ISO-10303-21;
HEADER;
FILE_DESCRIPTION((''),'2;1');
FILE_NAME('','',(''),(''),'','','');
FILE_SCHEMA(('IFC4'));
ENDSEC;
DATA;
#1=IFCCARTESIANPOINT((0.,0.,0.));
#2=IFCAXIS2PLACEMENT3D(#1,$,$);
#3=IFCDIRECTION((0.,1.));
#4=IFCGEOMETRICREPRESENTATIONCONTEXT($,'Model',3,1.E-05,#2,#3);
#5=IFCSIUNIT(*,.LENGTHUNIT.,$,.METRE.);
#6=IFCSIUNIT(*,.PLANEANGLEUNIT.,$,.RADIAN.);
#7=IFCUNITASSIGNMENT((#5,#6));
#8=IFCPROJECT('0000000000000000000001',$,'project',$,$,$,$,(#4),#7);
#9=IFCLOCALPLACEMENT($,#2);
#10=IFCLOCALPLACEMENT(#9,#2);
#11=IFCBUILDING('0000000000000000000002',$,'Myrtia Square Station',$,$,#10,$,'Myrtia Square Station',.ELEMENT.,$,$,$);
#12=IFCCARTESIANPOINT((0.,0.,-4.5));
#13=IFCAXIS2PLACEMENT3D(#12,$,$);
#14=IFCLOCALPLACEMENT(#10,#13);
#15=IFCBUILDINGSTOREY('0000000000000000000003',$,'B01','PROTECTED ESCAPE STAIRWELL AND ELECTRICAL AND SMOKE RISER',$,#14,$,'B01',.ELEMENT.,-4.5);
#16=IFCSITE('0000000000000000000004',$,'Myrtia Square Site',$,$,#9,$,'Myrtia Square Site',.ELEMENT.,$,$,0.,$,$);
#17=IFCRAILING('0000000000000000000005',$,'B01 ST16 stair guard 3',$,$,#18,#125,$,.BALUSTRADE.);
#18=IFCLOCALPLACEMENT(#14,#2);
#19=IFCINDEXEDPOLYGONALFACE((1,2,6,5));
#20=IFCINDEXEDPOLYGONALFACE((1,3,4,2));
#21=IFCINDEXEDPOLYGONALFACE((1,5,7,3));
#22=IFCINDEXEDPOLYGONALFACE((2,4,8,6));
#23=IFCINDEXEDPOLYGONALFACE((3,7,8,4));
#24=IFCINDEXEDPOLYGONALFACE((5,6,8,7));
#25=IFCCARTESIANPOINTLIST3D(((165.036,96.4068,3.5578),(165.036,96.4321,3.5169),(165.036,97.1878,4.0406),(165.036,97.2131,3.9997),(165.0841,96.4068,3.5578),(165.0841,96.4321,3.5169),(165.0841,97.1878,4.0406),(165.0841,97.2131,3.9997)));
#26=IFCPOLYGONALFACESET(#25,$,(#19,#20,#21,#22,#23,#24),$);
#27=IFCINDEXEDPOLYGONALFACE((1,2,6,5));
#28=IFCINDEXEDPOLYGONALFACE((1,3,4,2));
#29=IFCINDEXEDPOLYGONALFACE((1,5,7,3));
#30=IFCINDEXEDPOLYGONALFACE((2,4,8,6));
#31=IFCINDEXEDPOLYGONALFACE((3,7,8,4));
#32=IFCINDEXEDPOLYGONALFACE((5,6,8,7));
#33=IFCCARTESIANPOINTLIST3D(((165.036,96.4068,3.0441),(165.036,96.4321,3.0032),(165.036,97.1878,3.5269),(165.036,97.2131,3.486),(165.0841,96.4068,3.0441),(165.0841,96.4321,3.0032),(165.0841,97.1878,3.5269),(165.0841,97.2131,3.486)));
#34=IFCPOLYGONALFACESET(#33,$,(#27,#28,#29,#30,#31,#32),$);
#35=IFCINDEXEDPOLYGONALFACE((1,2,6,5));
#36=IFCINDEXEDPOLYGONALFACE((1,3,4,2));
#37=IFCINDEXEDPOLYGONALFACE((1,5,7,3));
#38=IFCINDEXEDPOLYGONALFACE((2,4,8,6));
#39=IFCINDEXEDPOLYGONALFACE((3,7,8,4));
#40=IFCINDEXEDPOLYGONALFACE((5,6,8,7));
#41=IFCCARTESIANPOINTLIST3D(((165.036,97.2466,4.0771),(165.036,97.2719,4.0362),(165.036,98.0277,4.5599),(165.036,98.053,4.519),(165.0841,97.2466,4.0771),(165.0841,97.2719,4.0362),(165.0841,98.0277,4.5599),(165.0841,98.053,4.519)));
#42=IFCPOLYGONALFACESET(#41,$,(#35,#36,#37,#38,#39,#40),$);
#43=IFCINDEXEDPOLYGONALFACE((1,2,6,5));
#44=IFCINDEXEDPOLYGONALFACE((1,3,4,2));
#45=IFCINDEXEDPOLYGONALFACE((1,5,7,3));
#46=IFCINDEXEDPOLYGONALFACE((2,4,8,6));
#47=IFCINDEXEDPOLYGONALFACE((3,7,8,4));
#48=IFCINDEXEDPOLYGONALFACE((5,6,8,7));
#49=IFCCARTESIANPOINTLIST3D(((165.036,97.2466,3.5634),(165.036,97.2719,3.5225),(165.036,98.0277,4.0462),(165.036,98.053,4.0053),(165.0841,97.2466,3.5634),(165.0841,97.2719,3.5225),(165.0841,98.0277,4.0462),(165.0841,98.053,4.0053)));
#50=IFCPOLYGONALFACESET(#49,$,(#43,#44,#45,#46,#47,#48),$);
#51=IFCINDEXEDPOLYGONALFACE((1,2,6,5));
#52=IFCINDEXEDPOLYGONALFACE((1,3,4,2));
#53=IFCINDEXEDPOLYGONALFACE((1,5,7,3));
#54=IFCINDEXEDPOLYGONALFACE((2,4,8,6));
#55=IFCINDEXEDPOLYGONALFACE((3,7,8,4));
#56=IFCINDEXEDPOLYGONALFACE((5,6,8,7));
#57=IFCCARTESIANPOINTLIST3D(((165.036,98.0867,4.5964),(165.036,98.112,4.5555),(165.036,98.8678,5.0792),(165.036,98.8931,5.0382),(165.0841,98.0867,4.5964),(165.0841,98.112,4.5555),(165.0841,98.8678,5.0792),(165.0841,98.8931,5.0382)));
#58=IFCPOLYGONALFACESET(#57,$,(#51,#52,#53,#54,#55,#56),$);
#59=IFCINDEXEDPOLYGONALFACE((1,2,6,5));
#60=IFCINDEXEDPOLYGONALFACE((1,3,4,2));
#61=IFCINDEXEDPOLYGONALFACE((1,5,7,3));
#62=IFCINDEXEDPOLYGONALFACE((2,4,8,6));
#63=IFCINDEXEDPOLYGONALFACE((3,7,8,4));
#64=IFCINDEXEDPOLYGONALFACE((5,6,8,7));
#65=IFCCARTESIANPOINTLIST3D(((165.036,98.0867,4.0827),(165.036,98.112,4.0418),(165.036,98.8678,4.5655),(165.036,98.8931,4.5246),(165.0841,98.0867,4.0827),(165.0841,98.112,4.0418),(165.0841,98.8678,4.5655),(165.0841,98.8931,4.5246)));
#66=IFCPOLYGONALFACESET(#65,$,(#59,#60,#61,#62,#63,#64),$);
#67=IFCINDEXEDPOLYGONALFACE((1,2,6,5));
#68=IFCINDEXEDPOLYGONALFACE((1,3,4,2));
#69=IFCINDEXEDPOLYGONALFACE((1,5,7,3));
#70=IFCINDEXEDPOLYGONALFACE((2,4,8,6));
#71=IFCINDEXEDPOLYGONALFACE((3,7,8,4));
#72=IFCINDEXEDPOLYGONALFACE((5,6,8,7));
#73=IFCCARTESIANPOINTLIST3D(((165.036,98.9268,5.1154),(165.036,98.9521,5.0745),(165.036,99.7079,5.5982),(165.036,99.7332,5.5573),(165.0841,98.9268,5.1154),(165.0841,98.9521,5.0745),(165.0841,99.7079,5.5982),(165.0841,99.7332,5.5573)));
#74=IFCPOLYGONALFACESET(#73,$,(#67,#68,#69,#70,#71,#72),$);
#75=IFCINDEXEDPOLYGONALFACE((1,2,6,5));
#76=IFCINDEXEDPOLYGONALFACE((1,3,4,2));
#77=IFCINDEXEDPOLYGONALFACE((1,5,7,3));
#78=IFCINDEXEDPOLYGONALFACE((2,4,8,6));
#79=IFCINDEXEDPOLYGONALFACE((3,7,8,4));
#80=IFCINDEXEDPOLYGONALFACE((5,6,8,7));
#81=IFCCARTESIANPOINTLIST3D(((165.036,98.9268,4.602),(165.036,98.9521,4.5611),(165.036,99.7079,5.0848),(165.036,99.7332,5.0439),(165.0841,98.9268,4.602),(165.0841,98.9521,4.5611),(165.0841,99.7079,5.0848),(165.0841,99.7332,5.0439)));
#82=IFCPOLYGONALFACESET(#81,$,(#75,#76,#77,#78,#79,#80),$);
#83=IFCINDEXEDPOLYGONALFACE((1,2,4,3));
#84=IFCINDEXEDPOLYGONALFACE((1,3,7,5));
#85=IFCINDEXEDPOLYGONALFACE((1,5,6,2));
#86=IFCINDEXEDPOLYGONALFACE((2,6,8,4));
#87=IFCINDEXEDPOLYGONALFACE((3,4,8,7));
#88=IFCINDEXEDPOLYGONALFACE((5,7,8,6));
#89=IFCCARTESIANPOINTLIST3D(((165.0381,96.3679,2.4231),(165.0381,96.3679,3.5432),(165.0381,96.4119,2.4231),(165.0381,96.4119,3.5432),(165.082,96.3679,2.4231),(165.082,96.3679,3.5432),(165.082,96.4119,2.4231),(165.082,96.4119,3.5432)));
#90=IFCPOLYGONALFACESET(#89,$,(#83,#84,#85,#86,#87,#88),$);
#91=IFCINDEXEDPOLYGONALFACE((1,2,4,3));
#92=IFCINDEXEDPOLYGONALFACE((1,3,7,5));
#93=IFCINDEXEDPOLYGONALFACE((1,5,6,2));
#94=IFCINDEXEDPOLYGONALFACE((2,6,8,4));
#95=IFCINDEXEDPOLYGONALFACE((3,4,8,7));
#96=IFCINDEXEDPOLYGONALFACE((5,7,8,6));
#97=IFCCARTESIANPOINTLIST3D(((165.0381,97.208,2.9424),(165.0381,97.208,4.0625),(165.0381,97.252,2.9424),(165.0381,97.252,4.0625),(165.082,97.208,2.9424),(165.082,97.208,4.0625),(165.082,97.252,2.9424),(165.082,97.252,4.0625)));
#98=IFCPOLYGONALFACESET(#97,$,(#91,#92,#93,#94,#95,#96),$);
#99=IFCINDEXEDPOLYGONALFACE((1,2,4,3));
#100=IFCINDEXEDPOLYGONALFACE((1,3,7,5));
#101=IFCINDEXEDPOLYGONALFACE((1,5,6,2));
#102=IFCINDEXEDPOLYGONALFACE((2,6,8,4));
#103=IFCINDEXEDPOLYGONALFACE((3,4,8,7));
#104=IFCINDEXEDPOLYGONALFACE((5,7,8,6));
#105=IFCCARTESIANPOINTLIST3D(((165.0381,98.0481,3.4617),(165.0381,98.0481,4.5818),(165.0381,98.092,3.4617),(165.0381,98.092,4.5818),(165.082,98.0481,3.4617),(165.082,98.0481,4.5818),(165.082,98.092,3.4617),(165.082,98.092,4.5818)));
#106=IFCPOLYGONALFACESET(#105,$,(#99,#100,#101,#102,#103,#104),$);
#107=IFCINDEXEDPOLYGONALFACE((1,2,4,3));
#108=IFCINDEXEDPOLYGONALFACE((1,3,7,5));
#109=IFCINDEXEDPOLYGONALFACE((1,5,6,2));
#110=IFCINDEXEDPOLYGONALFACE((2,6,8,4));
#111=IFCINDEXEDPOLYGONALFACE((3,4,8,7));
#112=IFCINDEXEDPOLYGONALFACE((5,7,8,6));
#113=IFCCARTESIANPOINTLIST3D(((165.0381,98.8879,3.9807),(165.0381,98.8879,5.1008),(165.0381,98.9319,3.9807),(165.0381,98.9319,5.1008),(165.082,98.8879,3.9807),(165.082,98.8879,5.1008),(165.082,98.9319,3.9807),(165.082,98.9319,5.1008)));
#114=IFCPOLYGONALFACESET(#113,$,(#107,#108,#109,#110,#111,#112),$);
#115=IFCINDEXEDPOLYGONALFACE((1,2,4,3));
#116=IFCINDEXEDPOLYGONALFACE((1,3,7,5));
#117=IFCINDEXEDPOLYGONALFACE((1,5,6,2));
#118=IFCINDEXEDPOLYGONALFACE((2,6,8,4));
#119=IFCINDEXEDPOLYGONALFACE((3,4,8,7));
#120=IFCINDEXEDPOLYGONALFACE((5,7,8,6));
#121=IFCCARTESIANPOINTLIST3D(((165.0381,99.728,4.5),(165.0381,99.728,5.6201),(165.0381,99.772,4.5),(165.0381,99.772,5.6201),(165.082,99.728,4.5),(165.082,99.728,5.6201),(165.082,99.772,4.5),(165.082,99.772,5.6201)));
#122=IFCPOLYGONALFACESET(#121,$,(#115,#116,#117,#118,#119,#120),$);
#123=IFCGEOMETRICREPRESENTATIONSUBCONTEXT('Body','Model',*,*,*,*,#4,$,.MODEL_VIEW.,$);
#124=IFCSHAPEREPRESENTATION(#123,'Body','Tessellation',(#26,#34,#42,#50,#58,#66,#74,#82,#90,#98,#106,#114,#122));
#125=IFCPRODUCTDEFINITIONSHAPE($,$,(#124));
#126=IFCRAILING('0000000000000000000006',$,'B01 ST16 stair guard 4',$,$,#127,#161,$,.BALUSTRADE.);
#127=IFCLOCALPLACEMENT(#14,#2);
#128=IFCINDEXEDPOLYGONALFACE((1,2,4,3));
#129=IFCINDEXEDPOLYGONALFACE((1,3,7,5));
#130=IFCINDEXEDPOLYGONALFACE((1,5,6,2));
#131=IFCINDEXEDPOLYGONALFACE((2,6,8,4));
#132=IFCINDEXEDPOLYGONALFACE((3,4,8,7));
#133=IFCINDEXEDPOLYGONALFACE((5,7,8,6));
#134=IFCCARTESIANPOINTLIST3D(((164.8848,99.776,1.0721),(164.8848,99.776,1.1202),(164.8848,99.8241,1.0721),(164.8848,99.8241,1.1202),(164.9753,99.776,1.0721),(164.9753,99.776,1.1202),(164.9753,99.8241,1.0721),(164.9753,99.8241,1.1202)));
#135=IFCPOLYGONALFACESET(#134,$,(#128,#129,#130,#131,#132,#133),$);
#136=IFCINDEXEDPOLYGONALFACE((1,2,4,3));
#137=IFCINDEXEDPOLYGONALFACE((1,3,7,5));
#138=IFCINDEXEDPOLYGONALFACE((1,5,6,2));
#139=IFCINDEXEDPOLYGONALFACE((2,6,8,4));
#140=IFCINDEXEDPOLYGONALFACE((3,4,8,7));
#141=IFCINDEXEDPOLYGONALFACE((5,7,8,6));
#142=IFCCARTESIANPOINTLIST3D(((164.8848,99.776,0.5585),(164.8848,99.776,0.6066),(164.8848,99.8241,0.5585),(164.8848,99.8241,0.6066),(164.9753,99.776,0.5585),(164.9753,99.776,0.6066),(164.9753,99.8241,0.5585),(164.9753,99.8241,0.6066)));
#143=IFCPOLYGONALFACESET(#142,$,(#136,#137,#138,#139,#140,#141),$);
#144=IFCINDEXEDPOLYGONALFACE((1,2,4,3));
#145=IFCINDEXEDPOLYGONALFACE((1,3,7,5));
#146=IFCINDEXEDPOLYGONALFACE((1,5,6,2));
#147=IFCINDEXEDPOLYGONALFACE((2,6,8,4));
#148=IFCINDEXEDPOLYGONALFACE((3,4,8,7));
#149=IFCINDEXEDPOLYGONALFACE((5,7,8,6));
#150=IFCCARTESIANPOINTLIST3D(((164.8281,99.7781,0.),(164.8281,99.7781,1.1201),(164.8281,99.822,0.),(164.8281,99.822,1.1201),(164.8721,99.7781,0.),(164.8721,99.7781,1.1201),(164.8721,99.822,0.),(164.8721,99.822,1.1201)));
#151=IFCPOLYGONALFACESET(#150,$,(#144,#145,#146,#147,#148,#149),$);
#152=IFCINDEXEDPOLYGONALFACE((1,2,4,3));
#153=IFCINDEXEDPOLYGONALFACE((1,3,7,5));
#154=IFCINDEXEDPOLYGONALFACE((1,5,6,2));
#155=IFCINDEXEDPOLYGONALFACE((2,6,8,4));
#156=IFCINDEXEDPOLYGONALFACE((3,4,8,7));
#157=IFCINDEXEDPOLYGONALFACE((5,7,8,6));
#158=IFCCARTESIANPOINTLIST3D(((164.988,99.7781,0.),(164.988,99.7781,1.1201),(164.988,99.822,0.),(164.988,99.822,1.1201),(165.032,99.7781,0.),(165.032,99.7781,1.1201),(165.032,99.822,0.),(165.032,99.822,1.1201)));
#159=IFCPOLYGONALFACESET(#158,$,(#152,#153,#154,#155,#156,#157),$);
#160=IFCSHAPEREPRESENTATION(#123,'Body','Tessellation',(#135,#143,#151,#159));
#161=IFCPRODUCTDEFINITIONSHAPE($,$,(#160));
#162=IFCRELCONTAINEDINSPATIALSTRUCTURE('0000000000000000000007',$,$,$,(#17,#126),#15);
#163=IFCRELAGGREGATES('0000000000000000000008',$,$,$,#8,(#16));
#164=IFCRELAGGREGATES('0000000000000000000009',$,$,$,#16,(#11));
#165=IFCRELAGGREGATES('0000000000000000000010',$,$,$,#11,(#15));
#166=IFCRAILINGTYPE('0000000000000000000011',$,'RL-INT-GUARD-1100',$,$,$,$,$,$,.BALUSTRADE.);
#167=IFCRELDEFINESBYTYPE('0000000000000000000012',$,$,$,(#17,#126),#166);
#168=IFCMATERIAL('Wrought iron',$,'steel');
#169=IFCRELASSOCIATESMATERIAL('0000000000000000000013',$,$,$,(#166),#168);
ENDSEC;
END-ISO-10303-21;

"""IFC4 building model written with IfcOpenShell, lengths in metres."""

from ifc_helpers import new_model, si_unit, direction, frame, origin, origin_2d, place, context, subcontext, project, spatial, rectangle, extrude, material, type_object, element, save


model = new_model("IFC4")

# Units and contexts
model_context = context("Model", 3, precision=1e-05, world=origin(), true_north=direction((0.0, 1.0)))
body_context = subcontext(model_context, "Body", "Model", "MODEL_VIEW")
ifc_project = project(units=[si_unit("LENGTHUNIT", "METRE"), si_unit("PLANEANGLEUNIT", "RADIAN")], contexts=[model_context])

# Site, building, storey
site_placement = place(None, origin())
site = spatial("IfcSite", under=ifc_project, at=site_placement, Name="Myrtia Square Site", LongName="Myrtia Square Site", CompositionType="ELEMENT", RefElevation=0.0)
building_placement = place(site_placement, origin())
building = spatial("IfcBuilding", under=site, at=building_placement, Name="Myrtia Square Station", LongName="Myrtia Square Station", CompositionType="ELEMENT")
storey_placement = place(building_placement, frame((0.0, 0.0, -4.5)))
storey = spatial("IfcBuildingStorey", under=building, at=storey_placement, Name="B01", Description="PROTECTED ESCAPE STAIRWELL AND ELECTRICAL AND SMOKE RISER", LongName="B01", CompositionType="ELEMENT", Elevation=-4.5)

# Railings
ifc_material_1 = material(Name="Wrought iron", Category="steel")
railing_type_1 = type_object("IfcRailingType", Name="RL-INT-GUARD-1100", PredefinedType="BALUSTRADE", material=ifc_material_1)
railing_1_placement = place(storey_placement, frame((165.0601, 96.3899, 2.4231)))
element("IfcRailing", 1, at=railing_1_placement, inside=storey, type_object=railing_type_1, Name="B01 ST16 stair guard 3", PredefinedType="BALUSTRADE", context=body_context, shape_type="SweptSolid", body=[
    extrude(rectangle(XDim=0.0481, YDim=0.0481, at=origin_2d()), frame((0.0, 0.0295, 1.1143), z_axis=(0.0, 0.850623, 0.525776), x_axis=(-1.0, 0.0, 0.0)), (0.0, 0.0, 1.0), 0.9182),
    extrude(rectangle(XDim=0.0481, YDim=0.0481, at=origin_2d()), frame((0.0, 0.0295, 0.6006), z_axis=(0.0, 0.850623, 0.525776), x_axis=(-1.0, 0.0, 0.0)), (0.0, 0.0, 1.0), 0.9182),
    extrude(rectangle(XDim=0.0481, YDim=0.0481, at=origin_2d()), frame((0.0, 0.8694, 1.6335), z_axis=(0.0, 0.850623, 0.525776), x_axis=(-1.0, 0.0, 0.0)), (0.0, 0.0, 1.0), 0.9182),
    extrude(rectangle(XDim=0.0481, YDim=0.0481, at=origin_2d()), frame((0.0, 0.8694, 1.1199), z_axis=(0.0, 0.850623, 0.525776), x_axis=(-1.0, 0.0, 0.0)), (0.0, 0.0, 1.0), 0.9182),
    extrude(rectangle(XDim=0.0481, YDim=0.0481, at=origin_2d()), frame((0.0, 1.7095, 2.1528), z_axis=(0.0, 0.850623, 0.525776), x_axis=(-1.0, 0.0, 0.0)), (0.0, 0.0, 1.0), 0.9182),
    extrude(rectangle(XDim=0.0481, YDim=0.0481, at=origin_2d()), frame((0.0, 1.7095, 1.6392), z_axis=(0.0, 0.850623, 0.525776), x_axis=(-1.0, 0.0, 0.0)), (0.0, 0.0, 1.0), 0.9182),
    extrude(rectangle(XDim=0.0481, YDim=0.0481, at=origin_2d()), frame((0.0, 2.5496, 2.6719), z_axis=(0.0, 0.850623, 0.525776), x_axis=(-1.0, 0.0, 0.0)), (0.0, 0.0, 1.0), 0.9182),
    extrude(rectangle(XDim=0.0481, YDim=0.0481, at=origin_2d()), frame((0.0, 2.5496, 2.1584), z_axis=(0.0, 0.850623, 0.525776), x_axis=(-1.0, 0.0, 0.0)), (0.0, 0.0, 1.0), 0.9182),
    extrude(rectangle(XDim=0.0439, YDim=0.0439, at=origin_2d()), origin(), (0.0, 0.0, 1.0), 1.1201),
    extrude(rectangle(XDim=0.0439, YDim=0.0439, at=origin_2d()), frame((0.0, 0.8401, 0.5193)), (0.0, 0.0, 1.0), 1.1201),
    extrude(rectangle(XDim=0.0439, YDim=0.0439, at=origin_2d()), frame((0.0, 1.6802, 1.0386)), (0.0, 0.0, 1.0), 1.1201),
    extrude(rectangle(XDim=0.0439, YDim=0.0439, at=origin_2d()), frame((0.0, 2.52, 1.5576)), (0.0, 0.0, 1.0), 1.1201),
    extrude(rectangle(XDim=0.0439, YDim=0.0439, at=origin_2d()), frame((0.0, 3.3601, 2.0769)), (0.0, 0.0, 1.0), 1.1201),
])
railing_2_placement = place(storey_placement, frame((164.8501, 99.8, 0.0)))
element("IfcRailing", 2, at=railing_2_placement, inside=storey, type_object=railing_type_1, Name="B01 ST16 stair guard 4", PredefinedType="BALUSTRADE", context=body_context, shape_type="SweptSolid", body=[
    extrude(rectangle(XDim=0.0481, YDim=0.0481, at=origin_2d()), frame((0.0347, 0.0, 1.0962), z_axis=(1.0, 0.0, 0.0), x_axis=(0.0, 1.0, 0.0)), (0.0, 0.0, 1.0), 0.0906),
    extrude(rectangle(XDim=0.0481, YDim=0.0481, at=origin_2d()), frame((0.0347, 0.0, 0.5825), z_axis=(1.0, 0.0, 0.0), x_axis=(0.0, 1.0, 0.0)), (0.0, 0.0, 1.0), 0.0906),
    extrude(rectangle(XDim=0.0439, YDim=0.0439, at=origin_2d()), origin(), (0.0, 0.0, 1.0), 1.1201),
    extrude(rectangle(XDim=0.0439, YDim=0.0439, at=origin_2d()), frame((0.1599, 0.0, 0.0)), (0.0, 0.0, 1.0), 1.1201),
])

save(model, "model.ifc")
